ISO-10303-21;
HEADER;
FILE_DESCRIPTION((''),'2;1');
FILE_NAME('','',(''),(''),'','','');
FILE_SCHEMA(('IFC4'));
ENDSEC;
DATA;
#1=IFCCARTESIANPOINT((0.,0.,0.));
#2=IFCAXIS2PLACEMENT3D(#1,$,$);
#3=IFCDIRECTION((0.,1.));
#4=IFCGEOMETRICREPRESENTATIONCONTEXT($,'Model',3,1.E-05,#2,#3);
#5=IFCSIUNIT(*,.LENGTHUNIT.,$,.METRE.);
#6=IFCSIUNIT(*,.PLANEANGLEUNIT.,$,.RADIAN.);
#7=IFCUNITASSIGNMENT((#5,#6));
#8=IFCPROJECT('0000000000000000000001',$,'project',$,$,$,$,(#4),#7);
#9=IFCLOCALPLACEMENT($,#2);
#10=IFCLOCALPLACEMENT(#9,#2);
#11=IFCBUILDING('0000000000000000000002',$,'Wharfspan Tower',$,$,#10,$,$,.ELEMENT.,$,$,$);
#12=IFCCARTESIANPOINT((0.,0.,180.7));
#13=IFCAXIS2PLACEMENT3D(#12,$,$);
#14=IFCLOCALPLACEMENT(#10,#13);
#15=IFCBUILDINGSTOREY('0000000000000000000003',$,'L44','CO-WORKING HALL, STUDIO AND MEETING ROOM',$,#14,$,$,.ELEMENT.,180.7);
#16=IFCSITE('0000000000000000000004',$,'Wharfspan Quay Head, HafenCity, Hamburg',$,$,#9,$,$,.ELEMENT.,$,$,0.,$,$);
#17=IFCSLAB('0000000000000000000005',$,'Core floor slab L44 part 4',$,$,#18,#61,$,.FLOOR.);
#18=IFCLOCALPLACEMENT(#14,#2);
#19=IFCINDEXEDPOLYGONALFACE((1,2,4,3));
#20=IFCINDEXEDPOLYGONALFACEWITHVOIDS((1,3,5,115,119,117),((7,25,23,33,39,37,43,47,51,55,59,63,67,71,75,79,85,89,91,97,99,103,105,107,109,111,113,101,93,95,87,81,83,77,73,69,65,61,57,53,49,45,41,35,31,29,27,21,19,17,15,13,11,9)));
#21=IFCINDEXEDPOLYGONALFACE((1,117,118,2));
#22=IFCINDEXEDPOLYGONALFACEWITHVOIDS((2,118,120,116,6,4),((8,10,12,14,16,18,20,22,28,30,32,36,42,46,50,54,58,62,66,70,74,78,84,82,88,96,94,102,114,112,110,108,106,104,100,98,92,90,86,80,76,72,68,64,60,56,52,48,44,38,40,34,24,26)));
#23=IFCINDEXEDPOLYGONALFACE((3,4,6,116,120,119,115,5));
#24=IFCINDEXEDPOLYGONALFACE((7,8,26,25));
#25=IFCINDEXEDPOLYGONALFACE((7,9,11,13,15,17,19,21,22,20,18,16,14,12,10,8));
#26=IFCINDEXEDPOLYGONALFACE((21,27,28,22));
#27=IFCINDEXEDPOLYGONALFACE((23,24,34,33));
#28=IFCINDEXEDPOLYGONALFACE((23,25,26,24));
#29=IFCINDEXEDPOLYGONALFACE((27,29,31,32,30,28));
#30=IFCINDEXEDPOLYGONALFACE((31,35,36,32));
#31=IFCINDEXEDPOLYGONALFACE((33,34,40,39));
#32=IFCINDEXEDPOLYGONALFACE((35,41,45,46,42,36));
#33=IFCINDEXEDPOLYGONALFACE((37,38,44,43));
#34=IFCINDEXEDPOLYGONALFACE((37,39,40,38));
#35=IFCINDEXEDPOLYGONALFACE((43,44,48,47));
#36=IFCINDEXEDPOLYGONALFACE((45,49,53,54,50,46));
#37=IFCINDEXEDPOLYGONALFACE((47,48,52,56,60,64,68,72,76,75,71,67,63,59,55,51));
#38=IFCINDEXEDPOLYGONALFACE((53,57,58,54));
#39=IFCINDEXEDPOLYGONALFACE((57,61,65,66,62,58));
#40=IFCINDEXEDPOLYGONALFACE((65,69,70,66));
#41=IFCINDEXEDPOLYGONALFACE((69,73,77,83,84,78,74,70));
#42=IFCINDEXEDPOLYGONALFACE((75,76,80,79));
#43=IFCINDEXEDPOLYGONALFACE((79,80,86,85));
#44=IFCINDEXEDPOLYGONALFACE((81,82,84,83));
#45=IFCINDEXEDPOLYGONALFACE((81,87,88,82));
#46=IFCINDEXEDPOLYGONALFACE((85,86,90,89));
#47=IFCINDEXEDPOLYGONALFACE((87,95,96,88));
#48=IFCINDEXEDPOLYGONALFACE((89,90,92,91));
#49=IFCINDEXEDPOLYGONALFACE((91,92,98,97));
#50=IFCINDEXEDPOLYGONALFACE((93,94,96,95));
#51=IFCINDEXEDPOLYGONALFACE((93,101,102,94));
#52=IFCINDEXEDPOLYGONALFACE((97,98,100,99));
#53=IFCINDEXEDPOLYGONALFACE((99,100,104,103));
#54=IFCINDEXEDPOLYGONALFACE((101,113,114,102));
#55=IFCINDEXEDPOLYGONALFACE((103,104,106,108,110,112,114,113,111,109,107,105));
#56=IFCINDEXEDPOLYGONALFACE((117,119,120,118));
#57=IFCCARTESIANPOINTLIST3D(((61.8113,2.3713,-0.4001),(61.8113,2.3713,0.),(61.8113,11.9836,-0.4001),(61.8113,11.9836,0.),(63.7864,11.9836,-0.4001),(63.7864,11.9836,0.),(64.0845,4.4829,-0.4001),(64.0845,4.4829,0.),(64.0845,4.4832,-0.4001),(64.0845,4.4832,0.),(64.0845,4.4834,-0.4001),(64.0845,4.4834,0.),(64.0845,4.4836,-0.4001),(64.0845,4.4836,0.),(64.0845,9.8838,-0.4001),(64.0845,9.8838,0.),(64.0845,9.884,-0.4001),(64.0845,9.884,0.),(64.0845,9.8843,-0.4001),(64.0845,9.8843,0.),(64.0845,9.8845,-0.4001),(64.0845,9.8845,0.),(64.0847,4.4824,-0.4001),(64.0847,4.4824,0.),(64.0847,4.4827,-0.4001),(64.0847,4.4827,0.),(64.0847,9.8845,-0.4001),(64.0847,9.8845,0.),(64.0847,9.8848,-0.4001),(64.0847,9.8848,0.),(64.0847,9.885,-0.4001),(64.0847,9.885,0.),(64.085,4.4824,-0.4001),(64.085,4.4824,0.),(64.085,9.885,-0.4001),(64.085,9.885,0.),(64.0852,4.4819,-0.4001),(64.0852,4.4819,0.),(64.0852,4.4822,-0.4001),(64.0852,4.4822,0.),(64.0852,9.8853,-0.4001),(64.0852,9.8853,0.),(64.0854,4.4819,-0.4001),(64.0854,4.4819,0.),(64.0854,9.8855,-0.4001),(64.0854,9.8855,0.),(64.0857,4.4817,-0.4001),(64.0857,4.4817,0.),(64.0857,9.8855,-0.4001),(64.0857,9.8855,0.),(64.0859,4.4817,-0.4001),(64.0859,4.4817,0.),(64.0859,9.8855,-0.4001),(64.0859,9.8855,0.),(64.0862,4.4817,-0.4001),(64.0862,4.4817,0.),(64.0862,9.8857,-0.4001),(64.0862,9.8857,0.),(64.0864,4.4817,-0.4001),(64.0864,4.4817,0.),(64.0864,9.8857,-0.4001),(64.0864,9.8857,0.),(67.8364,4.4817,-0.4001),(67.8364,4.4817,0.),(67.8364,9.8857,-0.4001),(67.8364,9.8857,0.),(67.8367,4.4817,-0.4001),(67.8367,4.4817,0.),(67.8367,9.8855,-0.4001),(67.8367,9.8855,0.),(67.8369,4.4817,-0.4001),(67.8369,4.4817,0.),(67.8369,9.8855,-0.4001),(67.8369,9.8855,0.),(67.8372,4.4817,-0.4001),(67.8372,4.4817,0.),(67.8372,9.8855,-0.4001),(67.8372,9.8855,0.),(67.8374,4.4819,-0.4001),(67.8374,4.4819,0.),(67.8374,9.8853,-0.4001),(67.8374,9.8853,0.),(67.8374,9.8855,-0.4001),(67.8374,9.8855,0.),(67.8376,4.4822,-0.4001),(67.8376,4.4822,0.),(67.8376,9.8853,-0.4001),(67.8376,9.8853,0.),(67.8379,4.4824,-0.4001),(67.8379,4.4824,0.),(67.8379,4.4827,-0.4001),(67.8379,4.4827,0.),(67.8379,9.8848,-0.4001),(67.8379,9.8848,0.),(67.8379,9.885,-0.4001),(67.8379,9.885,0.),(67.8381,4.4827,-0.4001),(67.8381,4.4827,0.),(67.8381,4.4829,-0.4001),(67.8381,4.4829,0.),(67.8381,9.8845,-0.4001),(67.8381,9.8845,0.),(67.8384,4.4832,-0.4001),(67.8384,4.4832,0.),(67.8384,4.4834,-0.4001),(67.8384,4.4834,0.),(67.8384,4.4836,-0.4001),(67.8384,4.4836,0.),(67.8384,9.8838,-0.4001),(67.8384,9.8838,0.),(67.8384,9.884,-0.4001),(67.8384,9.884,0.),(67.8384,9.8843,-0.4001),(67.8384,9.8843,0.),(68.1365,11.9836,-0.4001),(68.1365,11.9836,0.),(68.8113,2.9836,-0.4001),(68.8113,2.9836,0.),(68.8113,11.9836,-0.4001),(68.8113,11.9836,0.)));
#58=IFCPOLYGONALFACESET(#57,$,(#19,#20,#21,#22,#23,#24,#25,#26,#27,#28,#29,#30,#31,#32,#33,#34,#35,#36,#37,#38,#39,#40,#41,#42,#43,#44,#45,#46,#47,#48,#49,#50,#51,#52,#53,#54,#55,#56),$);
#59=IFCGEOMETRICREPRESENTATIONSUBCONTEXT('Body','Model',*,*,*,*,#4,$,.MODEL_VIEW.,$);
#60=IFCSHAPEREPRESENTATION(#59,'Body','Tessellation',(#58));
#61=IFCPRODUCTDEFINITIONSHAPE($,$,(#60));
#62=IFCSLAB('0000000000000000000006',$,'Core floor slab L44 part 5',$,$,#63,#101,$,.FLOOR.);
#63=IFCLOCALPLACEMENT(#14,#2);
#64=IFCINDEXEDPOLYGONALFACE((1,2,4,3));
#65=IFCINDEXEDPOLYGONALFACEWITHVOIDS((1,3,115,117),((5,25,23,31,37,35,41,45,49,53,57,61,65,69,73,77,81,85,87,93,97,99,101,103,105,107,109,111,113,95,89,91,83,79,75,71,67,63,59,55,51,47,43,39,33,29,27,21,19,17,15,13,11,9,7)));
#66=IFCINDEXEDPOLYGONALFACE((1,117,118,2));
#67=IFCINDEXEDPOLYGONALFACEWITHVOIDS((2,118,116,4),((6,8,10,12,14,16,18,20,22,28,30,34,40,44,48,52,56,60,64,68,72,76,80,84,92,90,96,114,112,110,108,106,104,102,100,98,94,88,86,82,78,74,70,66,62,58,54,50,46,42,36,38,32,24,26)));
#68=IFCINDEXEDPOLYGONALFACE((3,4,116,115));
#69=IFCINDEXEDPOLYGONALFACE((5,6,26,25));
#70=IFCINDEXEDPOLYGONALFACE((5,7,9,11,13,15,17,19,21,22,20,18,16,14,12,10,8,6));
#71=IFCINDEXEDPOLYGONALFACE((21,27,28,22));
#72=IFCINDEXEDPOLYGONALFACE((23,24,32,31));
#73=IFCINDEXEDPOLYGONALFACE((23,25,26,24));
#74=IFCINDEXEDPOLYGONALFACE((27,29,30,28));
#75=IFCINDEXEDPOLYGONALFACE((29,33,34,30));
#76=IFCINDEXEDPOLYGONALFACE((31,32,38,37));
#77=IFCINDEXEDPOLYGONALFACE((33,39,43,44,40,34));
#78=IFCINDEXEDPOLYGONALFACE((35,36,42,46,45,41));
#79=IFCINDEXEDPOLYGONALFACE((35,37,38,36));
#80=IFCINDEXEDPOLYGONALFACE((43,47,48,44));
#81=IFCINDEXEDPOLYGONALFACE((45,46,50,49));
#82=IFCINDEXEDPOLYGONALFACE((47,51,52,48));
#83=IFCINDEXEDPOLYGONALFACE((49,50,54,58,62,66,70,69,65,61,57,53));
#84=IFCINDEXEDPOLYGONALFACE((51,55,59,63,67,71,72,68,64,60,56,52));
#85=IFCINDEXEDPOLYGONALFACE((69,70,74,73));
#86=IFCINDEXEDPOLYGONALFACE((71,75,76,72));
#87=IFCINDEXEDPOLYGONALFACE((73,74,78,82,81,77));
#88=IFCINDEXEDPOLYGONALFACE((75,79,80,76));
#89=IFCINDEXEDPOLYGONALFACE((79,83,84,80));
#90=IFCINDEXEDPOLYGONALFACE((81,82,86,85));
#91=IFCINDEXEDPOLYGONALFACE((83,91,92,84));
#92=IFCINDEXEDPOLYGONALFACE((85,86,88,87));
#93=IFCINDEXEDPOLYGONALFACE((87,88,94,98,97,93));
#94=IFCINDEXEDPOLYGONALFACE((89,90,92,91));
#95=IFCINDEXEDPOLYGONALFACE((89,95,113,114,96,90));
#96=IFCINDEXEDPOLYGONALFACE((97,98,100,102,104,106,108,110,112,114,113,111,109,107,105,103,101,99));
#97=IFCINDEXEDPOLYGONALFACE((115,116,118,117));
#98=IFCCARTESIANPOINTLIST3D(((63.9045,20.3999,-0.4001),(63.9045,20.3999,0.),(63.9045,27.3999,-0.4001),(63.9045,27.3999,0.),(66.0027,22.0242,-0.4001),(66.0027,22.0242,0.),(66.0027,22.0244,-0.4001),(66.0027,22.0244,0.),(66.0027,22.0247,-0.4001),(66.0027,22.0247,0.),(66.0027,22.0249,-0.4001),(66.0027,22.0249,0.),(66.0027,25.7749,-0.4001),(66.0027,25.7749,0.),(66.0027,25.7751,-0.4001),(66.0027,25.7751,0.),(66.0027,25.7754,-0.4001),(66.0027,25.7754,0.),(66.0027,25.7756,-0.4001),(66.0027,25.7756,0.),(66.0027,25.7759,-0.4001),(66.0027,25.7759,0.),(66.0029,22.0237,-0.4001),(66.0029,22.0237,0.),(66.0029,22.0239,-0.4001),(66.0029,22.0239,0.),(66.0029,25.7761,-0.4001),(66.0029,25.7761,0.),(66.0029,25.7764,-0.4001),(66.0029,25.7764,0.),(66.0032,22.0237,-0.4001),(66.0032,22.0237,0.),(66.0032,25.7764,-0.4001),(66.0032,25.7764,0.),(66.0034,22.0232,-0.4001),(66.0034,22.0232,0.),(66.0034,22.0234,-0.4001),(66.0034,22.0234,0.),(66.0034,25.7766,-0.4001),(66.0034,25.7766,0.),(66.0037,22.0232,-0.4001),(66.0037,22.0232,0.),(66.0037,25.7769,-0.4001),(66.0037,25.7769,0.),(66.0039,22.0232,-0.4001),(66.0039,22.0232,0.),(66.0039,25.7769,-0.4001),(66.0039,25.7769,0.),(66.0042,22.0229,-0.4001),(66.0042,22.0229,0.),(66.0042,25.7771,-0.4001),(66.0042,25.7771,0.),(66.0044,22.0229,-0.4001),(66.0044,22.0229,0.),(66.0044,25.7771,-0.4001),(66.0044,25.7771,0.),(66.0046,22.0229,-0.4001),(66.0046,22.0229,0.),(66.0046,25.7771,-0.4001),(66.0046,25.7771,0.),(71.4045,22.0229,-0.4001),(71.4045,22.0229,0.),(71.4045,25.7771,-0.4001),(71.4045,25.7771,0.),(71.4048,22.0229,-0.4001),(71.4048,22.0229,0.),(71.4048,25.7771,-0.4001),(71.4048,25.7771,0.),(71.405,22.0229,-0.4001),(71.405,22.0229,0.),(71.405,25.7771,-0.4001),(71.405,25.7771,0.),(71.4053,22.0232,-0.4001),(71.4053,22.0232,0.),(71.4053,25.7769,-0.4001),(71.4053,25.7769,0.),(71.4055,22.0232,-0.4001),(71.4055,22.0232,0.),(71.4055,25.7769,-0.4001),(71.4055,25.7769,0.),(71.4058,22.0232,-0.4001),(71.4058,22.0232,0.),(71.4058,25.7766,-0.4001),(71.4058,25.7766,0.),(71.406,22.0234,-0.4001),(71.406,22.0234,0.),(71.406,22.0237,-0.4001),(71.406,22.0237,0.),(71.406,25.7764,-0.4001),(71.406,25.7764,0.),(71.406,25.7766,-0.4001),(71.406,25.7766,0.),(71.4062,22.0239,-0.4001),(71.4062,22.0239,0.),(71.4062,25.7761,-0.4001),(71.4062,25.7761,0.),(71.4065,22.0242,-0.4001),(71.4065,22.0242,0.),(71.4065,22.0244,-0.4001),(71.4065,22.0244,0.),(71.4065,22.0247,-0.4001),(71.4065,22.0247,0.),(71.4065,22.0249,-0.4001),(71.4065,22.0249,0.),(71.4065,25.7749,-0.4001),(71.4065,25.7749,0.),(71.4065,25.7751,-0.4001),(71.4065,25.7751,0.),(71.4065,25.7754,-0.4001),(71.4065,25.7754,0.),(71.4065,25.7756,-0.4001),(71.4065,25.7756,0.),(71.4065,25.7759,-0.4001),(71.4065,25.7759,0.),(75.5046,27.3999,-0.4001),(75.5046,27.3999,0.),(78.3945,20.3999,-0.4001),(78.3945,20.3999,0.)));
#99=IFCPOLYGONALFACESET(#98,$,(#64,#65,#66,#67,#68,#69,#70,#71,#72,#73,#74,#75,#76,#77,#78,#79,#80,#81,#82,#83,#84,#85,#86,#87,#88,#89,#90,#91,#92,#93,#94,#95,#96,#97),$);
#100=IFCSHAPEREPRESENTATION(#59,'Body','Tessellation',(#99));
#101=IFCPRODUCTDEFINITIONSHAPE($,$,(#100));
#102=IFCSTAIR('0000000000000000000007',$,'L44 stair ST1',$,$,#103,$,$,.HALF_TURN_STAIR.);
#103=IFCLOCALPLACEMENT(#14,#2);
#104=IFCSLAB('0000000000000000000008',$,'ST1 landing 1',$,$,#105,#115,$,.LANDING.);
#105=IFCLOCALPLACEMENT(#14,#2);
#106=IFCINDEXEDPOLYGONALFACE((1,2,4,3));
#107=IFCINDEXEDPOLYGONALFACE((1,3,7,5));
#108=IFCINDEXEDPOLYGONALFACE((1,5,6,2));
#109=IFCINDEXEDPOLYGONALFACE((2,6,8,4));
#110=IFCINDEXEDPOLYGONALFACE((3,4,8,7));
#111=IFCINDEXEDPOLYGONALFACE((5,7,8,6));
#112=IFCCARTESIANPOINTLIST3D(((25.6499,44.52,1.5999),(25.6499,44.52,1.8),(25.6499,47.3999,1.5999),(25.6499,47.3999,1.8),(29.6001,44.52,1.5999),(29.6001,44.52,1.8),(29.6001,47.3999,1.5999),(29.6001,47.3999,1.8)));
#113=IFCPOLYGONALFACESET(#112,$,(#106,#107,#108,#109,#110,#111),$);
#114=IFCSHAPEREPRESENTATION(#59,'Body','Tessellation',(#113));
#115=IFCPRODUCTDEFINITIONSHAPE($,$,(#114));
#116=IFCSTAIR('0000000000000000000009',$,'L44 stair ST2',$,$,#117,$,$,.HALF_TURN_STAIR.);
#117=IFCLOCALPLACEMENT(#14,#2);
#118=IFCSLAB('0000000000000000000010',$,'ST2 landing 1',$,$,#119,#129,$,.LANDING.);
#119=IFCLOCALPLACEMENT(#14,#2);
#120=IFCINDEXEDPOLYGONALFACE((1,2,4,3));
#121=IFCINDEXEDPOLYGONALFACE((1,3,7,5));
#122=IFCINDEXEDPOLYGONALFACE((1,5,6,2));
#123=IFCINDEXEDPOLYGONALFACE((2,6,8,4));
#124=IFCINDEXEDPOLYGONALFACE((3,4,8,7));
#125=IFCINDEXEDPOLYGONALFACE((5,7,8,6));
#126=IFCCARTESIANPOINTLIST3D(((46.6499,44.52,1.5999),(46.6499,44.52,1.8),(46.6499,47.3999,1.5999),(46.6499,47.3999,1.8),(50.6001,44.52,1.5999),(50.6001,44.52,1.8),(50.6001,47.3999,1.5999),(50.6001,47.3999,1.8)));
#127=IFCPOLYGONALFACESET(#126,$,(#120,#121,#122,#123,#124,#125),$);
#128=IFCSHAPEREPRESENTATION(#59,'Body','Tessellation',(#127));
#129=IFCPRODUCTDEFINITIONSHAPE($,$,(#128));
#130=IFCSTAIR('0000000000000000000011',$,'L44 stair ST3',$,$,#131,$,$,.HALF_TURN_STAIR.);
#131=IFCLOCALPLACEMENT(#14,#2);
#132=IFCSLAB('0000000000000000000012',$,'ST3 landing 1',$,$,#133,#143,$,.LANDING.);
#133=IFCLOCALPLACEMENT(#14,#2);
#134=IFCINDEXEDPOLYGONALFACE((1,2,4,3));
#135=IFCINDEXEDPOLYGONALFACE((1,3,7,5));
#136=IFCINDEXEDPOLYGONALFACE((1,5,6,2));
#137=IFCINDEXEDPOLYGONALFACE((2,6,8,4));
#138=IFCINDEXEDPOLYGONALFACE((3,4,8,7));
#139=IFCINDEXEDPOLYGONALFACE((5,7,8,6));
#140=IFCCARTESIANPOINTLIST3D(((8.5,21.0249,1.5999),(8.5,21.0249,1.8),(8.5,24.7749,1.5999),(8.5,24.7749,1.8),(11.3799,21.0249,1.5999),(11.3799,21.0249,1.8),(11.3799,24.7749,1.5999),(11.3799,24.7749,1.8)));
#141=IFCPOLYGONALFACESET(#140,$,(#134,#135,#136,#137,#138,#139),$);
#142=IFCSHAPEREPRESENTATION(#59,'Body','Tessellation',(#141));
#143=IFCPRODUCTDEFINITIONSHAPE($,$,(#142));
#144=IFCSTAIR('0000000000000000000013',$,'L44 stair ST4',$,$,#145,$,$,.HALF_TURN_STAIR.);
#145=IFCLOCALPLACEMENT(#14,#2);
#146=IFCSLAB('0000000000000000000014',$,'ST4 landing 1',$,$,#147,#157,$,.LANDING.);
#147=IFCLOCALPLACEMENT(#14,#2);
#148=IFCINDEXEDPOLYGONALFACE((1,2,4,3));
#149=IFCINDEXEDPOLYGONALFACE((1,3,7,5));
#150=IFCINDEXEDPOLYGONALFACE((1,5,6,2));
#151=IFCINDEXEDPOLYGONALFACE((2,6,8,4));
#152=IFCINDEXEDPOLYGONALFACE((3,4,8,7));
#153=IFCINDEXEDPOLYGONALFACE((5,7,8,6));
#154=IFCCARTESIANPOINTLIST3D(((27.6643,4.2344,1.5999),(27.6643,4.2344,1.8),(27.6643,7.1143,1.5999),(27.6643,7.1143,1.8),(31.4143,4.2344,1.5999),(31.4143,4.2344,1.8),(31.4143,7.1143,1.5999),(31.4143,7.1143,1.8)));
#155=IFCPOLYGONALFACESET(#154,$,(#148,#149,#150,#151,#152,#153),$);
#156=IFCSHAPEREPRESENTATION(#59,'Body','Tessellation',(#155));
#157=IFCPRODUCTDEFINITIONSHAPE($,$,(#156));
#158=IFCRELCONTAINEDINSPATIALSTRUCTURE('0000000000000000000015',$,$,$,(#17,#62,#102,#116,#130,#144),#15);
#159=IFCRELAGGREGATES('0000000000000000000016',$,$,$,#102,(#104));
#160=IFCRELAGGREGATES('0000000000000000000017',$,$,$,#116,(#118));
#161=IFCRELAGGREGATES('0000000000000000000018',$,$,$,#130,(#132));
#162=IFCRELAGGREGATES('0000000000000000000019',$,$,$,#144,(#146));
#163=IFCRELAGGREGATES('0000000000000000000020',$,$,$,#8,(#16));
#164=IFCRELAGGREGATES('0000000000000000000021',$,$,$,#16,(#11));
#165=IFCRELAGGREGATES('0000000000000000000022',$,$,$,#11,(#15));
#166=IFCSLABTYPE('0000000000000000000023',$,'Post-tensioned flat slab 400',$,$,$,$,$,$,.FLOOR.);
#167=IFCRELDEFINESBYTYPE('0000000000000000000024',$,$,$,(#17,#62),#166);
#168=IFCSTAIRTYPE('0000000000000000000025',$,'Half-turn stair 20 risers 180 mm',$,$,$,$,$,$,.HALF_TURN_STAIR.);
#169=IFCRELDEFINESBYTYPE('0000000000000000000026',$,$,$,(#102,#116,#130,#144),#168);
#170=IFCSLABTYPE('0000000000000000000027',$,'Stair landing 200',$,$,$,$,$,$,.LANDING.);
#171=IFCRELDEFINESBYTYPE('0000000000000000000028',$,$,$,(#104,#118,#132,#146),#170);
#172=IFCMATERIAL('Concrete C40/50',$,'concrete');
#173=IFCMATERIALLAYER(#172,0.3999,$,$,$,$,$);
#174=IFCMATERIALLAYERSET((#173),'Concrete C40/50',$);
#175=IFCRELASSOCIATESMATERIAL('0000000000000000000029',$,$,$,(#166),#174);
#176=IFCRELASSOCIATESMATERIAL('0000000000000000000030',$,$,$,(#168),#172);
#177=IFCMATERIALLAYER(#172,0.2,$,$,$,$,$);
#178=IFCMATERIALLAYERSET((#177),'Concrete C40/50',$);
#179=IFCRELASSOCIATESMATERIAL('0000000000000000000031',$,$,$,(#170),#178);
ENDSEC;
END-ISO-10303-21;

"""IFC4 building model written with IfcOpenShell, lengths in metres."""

from ifc_helpers import new_model, si_unit, direction, frame, origin, place, context, subcontext, project, spatial, polyline, outline, extrude, material, layer, layer_set, type_object, element, aggregate, save


model = new_model("IFC4")

# Units and contexts
model_context = context("Model", 3, precision=1e-05, world=origin(), true_north=direction((0.0, 1.0)))
body_context = subcontext(model_context, "Body", "Model", "MODEL_VIEW")
ifc_project = project(units=[si_unit("LENGTHUNIT", "METRE"), si_unit("PLANEANGLEUNIT", "RADIAN")], contexts=[model_context])

# Site, building, storey
site_placement = place(None, origin())
site = spatial("IfcSite", under=ifc_project, at=site_placement, Name="Wharfspan Quay Head, HafenCity, Hamburg", CompositionType="ELEMENT", RefElevation=0.0)
building_placement = place(site_placement, origin())
building = spatial("IfcBuilding", under=site, at=building_placement, Name="Wharfspan Tower", CompositionType="ELEMENT")
storey_placement = place(building_placement, frame((0.0, 0.0, 180.7)))
storey = spatial("IfcBuildingStorey", under=building, at=storey_placement, Name="L44", Description="CO-WORKING HALL, STUDIO AND MEETING ROOM", CompositionType="ELEMENT", Elevation=180.7)

# Slabs
ifc_material_1 = material(Name="Concrete C40/50", Category="concrete")
ifc_layer_1 = layer(ifc_material_1, 0.3999)
ifc_layer_set_1 = layer_set([ifc_layer_1], Name="Concrete C40/50")
slab_type_1 = type_object("IfcSlabType", Name="Post-tensioned flat slab 400", PredefinedType="FLOOR", material=ifc_layer_set_1)
slab_1_placement = place(storey_placement, frame((0.0, 0.0, -0.4001)))
element("IfcSlab", 1, at=slab_1_placement, inside=storey, type_object=slab_type_1, Name="Core floor slab L44 part 4", PredefinedType="FLOOR", context=body_context, shape_type="SweptSolid", body=[
    extrude(outline(polyline([(68.8113, 11.9836), (68.1365, 11.9836), (63.7864, 11.9836), (61.8113, 11.9836), (61.8113, 2.3713), (68.8113, 2.9836), (68.8113, 11.9836)]), holes=[polyline([(64.0845, 9.8838), (64.0845, 9.8838), (64.0845, 9.884), (64.0845, 9.8843), (64.0845, 9.8845), (64.0847, 9.8845), (64.0847, 9.8848), (64.0847, 9.885), (64.085, 9.885), (64.0852, 9.8853), (64.0852, 9.8853), (64.0854, 9.8855), (64.0857, 9.8855), (64.0857, 9.8855), (64.0859, 9.8855), (64.0862, 9.8857), (64.0864, 9.8857), (67.8364, 9.8857), (67.8364, 9.8857), (67.8367, 9.8855), (67.8369, 9.8855), (67.8372, 9.8855), (67.8374, 9.8855), (67.8374, 9.8853), (67.8376, 9.8853), (67.8379, 9.885), (67.8379, 9.885), (67.8379, 9.8848), (67.8381, 9.8845), (67.8381, 9.8845), (67.8384, 9.8843), (67.8384, 9.884), (67.8384, 9.8838), (67.8384, 9.8838), (67.8384, 4.4836), (67.8384, 4.4834), (67.8384, 4.4834), (67.8384, 4.4832), (67.8381, 4.4829), (67.8381, 4.4827), (67.8379, 4.4827), (67.8379, 4.4824), (67.8379, 4.4824), (67.8376, 4.4822), (67.8374, 4.4819), (67.8374, 4.4819), (67.8372, 4.4817), (67.8369, 4.4817), (67.8367, 4.4817), (67.8364, 4.4817), (67.8364, 4.4817), (64.0864, 4.4817), (64.0862, 4.4817), (64.0859, 4.4817), (64.0857, 4.4817), (64.0857, 4.4817), (64.0854, 4.4819), (64.0852, 4.4819), (64.0852, 4.4822), (64.085, 4.4824), (64.0847, 4.4824), (64.0847, 4.4827), (64.0847, 4.4827), (64.0845, 4.4829), (64.0845, 4.4832), (64.0845, 4.4834), (64.0845, 4.4834), (64.0845, 4.4836), (64.0845, 9.8838)])]), origin(), (0.0, 0.0, 1.0), 0.4001),
])
slab_2_placement = place(storey_placement, frame((0.0, 0.0, -0.4001)))
element("IfcSlab", 2, at=slab_2_placement, inside=storey, type_object=slab_type_1, Name="Core floor slab L44 part 5", PredefinedType="FLOOR", context=body_context, shape_type="SweptSolid", body=[
    extrude(outline(polyline([(78.3945, 20.3999), (75.5046, 27.3999), (63.9045, 27.3999), (63.9045, 20.3999), (78.3945, 20.3999)]), holes=[polyline([(66.0046, 22.0229), (66.0044, 22.0229), (66.0041, 22.0229), (66.0039, 22.0232), (66.0039, 22.0232), (66.0037, 22.0232), (66.0034, 22.0232), (66.0034, 22.0234), (66.0032, 22.0237), (66.0029, 22.0237), (66.0029, 22.0239), (66.0027, 22.0242), (66.0027, 22.0242), (66.0027, 22.0244), (66.0027, 22.0247), (66.0027, 22.0249), (66.0027, 22.0249), (66.0027, 25.7749), (66.0027, 25.7751), (66.0027, 25.7754), (66.0027, 25.7756), (66.0027, 25.7759), (66.0027, 25.7759), (66.0029, 25.7761), (66.0029, 25.7764), (66.0032, 25.7764), (66.0034, 25.7766), (66.0034, 25.7766), (66.0037, 25.7769), (66.0039, 25.7769), (66.0039, 25.7769), (66.0041, 25.7771), (66.0044, 25.7771), (66.0046, 25.7771), (71.4045, 25.7771), (71.4048, 25.7771), (71.405, 25.7771), (71.4053, 25.7769), (71.4055, 25.7769), (71.4055, 25.7769), (71.4058, 25.7766), (71.406, 25.7766), (71.406, 25.7764), (71.406, 25.7764), (71.4062, 25.7761), (71.4065, 25.7759), (71.4065, 25.7759), (71.4065, 25.7756), (71.4065, 25.7754), (71.4065, 25.7751), (71.4065, 25.7749), (71.4065, 22.0249), (71.4065, 22.0249), (71.4065, 22.0247), (71.4065, 22.0244), (71.4065, 22.0242), (71.4065, 22.0242), (71.4062, 22.0239), (71.406, 22.0237), (71.406, 22.0237), (71.406, 22.0234), (71.4058, 22.0232), (71.4055, 22.0232), (71.4055, 22.0232), (71.4053, 22.0232), (71.405, 22.0229), (71.4048, 22.0229), (71.4045, 22.0229), (66.0046, 22.0229)])]), origin(), (0.0, 0.0, 1.0), 0.4001),
])

# Stairs, slabs
stair_type = type_object("IfcStairType", Name="Half-turn stair 20 risers 180 mm", PredefinedType="HALF_TURN_STAIR", material=ifc_material_1)
stair_1_placement = place(storey_placement, origin())
stair_1 = element("IfcStair", 3, at=stair_1_placement, inside=storey, type_object=stair_type, Name="L44 stair ST1", PredefinedType="HALF_TURN_STAIR")
ifc_layer_2 = layer(ifc_material_1, 0.2)
ifc_layer_set_2 = layer_set([ifc_layer_2], Name="Concrete C40/50")
slab_type_2 = type_object("IfcSlabType", Name="Stair landing 200", PredefinedType="LANDING", material=ifc_layer_set_2)
slab_3_placement = place(storey_placement, frame((0.0, 0.0, 1.5999)))
slab_3 = element("IfcSlab", 4, at=slab_3_placement, type_object=slab_type_2, Name="ST1 landing 1", PredefinedType="LANDING", context=body_context, shape_type="SweptSolid", body=[
    extrude(outline(polyline([(25.6499, 44.52), (29.6001, 44.52), (29.6001, 47.3999), (25.6499, 47.3999), (25.6499, 44.52)])), origin(), (0.0, 0.0, 1.0), 0.2002),
])
aggregate(stair_1, [slab_3])
stair_2_placement = place(storey_placement, origin())
stair_2 = element("IfcStair", 5, at=stair_2_placement, inside=storey, type_object=stair_type, Name="L44 stair ST2", PredefinedType="HALF_TURN_STAIR")
slab_4_placement = place(storey_placement, frame((0.0, 0.0, 1.5999)))
slab_4 = element("IfcSlab", 6, at=slab_4_placement, type_object=slab_type_2, Name="ST2 landing 1", PredefinedType="LANDING", context=body_context, shape_type="SweptSolid", body=[
    extrude(outline(polyline([(46.6499, 44.52), (50.6001, 44.52), (50.6001, 47.3999), (46.6499, 47.3999), (46.6499, 44.52)])), origin(), (0.0, 0.0, 1.0), 0.2002),
])
aggregate(stair_2, [slab_4])
stair_3_placement = place(storey_placement, origin())
stair_3 = element("IfcStair", 7, at=stair_3_placement, inside=storey, type_object=stair_type, Name="L44 stair ST3", PredefinedType="HALF_TURN_STAIR")
slab_5_placement = place(storey_placement, frame((0.0, 0.0, 1.5999)))
slab_5 = element("IfcSlab", 8, at=slab_5_placement, type_object=slab_type_2, Name="ST3 landing 1", PredefinedType="LANDING", context=body_context, shape_type="SweptSolid", body=[
    extrude(outline(polyline([(11.3799, 24.7749), (8.5, 24.7749), (8.5, 21.0249), (11.3799, 21.0249), (11.3799, 24.7749)])), origin(), (0.0, 0.0, 1.0), 0.2002),
])
aggregate(stair_3, [slab_5])
stair_4_placement = place(storey_placement, origin())
stair_4 = element("IfcStair", 9, at=stair_4_placement, inside=storey, type_object=stair_type, Name="L44 stair ST4", PredefinedType="HALF_TURN_STAIR")
slab_6_placement = place(storey_placement, frame((0.0, 0.0, 1.5999)))
slab_6 = element("IfcSlab", 10, at=slab_6_placement, type_object=slab_type_2, Name="ST4 landing 1", PredefinedType="LANDING", context=body_context, shape_type="SweptSolid", body=[
    extrude(outline(polyline([(27.6643, 7.1143), (27.6643, 4.2344), (31.4143, 4.2344), (31.4143, 7.1143), (27.6643, 7.1143)])), origin(), (0.0, 0.0, 1.0), 0.2002),
])
aggregate(stair_4, [slab_6])

save(model, "model.ifc")
